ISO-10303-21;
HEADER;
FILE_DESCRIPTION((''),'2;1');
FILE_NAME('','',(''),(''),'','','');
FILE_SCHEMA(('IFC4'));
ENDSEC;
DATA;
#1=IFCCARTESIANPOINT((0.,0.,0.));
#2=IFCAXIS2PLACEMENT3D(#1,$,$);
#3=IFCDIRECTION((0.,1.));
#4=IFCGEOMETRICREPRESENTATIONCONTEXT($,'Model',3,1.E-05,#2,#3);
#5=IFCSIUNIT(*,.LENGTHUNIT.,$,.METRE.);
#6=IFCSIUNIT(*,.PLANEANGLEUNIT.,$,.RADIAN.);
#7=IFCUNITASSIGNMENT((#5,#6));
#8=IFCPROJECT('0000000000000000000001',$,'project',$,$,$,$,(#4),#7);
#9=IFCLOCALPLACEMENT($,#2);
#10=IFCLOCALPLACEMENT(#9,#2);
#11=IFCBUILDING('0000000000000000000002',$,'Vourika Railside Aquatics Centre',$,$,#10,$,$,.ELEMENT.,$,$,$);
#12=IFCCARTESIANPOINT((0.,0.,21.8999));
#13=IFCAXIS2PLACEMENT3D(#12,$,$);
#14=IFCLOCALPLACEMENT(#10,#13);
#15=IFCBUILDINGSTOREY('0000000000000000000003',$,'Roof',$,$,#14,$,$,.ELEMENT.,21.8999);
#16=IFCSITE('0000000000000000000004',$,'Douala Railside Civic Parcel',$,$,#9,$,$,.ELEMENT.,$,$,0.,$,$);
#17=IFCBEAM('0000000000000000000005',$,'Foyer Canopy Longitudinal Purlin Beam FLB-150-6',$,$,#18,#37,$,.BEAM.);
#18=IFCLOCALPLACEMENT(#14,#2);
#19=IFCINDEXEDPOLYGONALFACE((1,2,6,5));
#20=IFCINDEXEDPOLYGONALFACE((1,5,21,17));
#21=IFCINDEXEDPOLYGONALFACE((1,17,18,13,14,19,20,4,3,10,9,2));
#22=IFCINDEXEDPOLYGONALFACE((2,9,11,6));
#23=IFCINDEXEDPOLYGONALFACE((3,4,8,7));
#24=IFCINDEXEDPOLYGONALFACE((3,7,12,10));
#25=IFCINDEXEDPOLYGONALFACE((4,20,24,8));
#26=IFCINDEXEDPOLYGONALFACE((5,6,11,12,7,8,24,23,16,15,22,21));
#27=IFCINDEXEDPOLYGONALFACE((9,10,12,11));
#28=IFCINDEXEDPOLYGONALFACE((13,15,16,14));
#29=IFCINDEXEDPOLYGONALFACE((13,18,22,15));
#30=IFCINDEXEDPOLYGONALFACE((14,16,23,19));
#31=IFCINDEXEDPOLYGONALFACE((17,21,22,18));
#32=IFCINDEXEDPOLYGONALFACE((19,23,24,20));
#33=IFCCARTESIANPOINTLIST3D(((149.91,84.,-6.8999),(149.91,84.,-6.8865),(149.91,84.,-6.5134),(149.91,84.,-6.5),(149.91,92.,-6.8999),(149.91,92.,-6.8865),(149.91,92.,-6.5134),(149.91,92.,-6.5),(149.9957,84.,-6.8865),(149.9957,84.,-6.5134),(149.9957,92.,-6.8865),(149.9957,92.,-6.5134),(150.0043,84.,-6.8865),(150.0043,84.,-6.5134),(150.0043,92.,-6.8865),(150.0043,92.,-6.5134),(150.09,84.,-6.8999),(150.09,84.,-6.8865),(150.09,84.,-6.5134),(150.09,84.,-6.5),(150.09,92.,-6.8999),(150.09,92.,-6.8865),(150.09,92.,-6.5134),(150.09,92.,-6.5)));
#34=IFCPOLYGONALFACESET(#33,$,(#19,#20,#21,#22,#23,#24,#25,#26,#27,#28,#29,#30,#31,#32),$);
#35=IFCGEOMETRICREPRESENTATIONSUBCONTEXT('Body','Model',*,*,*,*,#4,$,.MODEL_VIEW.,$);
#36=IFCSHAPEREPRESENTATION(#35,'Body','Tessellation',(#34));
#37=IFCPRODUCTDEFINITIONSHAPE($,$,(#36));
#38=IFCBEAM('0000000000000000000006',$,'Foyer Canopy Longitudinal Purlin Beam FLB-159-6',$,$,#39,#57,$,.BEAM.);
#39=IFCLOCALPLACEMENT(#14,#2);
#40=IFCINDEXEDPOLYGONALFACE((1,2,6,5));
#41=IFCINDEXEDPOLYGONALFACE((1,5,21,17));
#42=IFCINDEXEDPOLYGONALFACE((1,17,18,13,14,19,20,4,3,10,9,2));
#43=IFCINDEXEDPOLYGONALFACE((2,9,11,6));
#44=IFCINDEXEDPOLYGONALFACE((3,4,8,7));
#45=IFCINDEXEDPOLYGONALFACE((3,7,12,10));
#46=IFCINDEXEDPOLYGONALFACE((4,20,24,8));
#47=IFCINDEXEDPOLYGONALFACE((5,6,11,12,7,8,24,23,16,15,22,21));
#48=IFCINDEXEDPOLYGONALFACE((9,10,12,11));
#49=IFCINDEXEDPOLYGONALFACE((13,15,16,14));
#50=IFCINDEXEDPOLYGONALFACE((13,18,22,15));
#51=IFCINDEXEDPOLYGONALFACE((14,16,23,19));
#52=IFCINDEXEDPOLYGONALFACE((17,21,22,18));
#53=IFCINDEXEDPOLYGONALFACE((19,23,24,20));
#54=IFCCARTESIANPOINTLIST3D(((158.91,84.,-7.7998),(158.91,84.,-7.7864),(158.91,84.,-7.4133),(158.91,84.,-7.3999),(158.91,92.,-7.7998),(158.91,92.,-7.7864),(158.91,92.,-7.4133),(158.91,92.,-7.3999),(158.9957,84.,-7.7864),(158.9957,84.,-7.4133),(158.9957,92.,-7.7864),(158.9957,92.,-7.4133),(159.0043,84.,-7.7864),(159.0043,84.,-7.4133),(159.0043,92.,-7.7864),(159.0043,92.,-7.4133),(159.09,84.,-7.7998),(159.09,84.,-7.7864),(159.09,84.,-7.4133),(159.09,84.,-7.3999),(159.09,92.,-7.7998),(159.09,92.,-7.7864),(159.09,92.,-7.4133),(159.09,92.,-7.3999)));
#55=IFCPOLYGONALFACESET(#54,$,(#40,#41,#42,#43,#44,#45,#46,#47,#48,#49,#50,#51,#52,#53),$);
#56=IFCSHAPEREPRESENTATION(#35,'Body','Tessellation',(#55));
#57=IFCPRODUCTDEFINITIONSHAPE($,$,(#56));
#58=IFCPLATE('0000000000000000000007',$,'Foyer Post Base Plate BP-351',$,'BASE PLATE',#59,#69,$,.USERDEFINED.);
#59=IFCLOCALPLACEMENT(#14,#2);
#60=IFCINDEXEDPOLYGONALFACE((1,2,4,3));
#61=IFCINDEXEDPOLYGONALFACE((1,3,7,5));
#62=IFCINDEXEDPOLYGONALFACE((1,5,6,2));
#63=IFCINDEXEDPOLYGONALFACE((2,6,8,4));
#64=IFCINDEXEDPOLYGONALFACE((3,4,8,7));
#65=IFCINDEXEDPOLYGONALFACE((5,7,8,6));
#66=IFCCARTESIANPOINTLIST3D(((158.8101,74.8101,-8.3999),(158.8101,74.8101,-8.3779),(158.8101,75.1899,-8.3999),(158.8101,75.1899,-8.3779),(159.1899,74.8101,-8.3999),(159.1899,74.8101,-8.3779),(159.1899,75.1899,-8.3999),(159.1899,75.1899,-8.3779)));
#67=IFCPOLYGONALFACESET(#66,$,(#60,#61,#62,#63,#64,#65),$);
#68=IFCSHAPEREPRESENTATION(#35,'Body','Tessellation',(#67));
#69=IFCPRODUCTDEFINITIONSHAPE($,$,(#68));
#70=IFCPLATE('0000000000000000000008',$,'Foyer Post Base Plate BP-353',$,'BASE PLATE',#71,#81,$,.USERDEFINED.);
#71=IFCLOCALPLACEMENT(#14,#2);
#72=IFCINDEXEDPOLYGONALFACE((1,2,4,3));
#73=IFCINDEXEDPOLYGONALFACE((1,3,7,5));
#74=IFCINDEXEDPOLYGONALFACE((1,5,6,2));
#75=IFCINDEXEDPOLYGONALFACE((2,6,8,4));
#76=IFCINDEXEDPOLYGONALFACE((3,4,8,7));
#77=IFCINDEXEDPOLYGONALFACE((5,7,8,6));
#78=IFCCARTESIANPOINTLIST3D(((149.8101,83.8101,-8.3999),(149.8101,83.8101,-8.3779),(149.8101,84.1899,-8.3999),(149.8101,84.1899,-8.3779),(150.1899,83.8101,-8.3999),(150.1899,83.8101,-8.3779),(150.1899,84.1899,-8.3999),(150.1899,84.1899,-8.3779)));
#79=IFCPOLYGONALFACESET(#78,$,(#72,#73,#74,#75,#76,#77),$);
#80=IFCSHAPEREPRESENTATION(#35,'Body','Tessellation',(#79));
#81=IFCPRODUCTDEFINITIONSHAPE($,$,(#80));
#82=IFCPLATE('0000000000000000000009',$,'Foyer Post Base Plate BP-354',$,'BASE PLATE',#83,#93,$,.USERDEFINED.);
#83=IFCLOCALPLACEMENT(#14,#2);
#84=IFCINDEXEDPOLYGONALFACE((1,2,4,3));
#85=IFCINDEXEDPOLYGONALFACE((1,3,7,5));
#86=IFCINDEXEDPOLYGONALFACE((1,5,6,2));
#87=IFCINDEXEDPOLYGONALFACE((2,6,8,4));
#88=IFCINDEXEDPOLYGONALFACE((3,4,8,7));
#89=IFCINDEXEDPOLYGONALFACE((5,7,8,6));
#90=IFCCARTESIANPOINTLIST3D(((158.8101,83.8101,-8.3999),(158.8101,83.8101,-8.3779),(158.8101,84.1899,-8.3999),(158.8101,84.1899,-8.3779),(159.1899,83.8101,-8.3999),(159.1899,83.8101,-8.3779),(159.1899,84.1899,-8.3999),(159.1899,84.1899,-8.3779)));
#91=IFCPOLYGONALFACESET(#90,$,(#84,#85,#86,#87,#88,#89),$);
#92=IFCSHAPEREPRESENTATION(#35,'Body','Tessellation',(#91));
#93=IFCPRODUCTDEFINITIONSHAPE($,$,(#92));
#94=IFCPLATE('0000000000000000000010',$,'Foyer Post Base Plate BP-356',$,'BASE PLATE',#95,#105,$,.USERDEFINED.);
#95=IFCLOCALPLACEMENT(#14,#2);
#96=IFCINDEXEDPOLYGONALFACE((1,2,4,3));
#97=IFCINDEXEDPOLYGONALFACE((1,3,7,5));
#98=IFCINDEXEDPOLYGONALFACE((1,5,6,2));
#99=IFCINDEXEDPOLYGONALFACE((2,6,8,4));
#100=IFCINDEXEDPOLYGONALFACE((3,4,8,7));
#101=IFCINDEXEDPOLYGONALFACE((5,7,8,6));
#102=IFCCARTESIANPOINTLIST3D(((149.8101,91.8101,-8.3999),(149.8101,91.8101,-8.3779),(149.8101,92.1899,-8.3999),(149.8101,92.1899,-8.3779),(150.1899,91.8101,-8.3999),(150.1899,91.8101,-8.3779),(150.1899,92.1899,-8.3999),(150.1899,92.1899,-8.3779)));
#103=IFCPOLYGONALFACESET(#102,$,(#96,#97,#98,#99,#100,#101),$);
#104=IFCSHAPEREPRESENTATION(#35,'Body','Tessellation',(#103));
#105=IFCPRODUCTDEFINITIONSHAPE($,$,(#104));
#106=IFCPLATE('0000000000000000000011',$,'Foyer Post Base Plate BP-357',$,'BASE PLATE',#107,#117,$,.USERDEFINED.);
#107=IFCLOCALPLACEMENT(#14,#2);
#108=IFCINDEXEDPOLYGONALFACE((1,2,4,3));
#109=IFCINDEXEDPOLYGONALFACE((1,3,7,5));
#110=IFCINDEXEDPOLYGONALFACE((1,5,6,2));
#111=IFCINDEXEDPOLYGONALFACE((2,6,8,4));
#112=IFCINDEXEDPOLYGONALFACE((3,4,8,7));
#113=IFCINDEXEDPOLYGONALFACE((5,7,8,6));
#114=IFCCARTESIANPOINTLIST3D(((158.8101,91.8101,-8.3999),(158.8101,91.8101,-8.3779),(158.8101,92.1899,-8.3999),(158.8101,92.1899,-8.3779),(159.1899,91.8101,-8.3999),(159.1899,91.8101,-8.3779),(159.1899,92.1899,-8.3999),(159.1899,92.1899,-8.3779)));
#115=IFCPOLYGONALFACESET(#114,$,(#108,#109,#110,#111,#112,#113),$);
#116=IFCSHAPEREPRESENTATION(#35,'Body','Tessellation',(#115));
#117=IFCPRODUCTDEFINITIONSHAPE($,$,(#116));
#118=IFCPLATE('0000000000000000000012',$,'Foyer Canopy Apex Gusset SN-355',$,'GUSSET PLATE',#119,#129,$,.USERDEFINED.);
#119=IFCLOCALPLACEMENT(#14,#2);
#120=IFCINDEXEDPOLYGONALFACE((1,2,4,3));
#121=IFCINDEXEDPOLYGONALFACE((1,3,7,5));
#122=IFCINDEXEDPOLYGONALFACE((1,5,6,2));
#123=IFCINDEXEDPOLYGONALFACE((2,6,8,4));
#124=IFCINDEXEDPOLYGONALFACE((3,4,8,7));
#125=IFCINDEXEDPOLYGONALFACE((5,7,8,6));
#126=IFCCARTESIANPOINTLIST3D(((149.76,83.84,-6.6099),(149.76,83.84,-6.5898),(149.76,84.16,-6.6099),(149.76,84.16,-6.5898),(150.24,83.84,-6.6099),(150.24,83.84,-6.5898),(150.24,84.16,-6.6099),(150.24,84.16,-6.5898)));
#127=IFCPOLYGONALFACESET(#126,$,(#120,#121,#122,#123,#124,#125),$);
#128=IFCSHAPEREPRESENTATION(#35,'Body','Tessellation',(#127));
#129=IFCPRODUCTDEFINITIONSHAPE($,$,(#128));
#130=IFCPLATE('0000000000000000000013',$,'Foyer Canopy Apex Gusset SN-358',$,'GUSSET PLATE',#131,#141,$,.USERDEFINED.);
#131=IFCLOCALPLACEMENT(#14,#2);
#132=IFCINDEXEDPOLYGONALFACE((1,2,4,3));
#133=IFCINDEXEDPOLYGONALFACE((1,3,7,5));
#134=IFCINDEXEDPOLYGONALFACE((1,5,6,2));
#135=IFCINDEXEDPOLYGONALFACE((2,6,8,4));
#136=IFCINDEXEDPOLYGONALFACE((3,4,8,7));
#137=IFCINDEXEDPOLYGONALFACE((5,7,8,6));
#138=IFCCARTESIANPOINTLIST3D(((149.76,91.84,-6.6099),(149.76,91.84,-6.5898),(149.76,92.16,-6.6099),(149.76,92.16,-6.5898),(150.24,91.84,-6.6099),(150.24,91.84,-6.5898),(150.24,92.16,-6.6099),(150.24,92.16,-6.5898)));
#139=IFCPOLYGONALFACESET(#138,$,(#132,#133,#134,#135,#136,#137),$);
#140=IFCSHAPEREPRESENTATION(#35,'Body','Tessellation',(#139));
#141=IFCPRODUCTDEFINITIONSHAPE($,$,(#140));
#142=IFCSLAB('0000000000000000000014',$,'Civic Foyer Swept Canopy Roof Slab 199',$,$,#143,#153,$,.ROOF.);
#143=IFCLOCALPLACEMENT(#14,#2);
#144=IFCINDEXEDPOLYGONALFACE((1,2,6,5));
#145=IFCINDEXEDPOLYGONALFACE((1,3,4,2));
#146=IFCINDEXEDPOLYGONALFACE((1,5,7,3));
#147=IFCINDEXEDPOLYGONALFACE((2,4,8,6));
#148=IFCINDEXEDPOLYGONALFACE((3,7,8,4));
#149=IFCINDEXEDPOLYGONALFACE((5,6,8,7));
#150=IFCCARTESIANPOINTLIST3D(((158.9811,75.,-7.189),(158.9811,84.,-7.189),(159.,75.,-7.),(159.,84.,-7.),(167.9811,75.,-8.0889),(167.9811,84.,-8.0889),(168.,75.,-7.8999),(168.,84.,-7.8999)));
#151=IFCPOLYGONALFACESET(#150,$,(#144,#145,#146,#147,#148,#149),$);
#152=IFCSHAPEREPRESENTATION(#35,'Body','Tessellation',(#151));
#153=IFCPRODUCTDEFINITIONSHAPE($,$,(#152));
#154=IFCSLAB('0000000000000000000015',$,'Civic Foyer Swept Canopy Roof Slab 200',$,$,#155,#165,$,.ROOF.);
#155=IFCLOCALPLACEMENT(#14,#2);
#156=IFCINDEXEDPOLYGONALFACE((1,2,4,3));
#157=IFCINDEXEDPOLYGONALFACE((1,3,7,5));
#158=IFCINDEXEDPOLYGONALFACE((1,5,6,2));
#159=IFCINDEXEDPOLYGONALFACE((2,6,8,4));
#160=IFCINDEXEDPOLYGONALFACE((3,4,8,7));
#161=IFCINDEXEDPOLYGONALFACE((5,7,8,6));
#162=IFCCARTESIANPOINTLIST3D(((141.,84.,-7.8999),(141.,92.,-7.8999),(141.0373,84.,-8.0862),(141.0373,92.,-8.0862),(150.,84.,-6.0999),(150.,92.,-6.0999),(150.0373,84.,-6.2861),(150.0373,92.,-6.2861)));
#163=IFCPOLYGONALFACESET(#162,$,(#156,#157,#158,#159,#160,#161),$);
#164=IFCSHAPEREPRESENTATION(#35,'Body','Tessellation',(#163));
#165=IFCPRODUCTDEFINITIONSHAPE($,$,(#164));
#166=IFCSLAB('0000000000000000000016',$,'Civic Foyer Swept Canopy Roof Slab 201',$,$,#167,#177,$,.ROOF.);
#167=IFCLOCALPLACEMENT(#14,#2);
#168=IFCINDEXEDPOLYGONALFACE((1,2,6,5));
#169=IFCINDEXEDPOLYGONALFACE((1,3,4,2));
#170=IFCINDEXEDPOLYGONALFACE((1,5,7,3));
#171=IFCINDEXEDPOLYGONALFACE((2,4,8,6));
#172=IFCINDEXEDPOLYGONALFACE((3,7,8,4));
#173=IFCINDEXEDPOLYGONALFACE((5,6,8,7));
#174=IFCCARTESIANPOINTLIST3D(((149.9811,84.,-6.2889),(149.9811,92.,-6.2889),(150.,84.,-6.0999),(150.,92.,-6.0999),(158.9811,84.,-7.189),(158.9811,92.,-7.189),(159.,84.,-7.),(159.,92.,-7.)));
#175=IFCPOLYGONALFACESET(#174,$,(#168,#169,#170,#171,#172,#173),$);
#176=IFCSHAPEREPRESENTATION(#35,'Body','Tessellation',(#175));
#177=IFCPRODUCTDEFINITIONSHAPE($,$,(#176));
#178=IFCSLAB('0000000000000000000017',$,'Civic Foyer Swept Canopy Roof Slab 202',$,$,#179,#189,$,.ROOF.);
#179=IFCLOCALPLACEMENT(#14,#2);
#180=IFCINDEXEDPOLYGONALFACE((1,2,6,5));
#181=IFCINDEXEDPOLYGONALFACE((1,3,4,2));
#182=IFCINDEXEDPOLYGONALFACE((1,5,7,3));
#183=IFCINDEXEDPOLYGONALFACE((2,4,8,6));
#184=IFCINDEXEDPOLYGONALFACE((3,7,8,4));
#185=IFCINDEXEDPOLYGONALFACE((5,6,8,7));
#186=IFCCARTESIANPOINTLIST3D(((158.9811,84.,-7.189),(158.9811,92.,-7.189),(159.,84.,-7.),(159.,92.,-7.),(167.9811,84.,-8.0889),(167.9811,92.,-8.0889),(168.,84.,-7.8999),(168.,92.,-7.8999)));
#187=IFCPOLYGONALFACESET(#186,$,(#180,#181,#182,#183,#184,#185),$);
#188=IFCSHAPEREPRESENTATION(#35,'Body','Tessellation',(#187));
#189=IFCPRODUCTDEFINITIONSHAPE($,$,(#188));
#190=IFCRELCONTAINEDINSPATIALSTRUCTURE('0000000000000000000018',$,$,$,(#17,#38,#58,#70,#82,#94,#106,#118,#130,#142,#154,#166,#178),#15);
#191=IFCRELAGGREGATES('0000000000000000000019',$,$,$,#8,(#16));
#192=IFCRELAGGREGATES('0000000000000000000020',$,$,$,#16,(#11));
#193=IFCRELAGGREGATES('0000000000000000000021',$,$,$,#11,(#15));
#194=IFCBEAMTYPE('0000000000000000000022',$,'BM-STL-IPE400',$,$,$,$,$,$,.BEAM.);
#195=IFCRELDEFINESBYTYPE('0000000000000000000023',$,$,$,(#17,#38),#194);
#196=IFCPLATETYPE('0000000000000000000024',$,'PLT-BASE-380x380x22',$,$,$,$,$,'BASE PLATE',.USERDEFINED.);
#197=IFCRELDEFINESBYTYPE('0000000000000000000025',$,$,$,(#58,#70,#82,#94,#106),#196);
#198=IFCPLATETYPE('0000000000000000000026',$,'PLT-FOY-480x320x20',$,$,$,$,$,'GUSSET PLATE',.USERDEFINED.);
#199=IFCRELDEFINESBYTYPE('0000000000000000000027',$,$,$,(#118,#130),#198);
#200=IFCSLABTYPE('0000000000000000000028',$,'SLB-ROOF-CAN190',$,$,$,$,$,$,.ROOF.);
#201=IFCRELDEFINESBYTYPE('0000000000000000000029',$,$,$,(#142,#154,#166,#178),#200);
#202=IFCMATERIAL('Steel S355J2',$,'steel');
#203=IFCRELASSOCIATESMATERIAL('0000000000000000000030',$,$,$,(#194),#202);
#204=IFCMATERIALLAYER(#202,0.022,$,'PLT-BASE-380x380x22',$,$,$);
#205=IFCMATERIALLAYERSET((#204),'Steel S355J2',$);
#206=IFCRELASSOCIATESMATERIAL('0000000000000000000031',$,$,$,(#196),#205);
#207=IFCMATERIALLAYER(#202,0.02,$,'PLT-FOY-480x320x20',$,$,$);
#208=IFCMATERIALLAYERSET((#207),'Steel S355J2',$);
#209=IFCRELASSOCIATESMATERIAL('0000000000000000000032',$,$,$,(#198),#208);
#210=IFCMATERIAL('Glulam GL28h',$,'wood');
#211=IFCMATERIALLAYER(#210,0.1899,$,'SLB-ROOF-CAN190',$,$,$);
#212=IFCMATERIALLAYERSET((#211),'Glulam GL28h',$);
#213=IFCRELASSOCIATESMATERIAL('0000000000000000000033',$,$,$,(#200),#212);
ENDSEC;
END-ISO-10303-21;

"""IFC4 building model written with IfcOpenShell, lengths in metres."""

from ifc_helpers import new_model, si_unit, direction, frame, origin, origin_2d, place, context, subcontext, project, spatial, polyline, rectangle, i_section, outline, extrude, material, layer, layer_set, material_profile, profile_set, type_object, element, save


model = new_model("IFC4")

# Units and contexts
model_context = context("Model", 3, precision=1e-05, world=origin(), true_north=direction((0.0, 1.0)))
body_context = subcontext(model_context, "Body", "Model", "MODEL_VIEW")
ifc_project = project(units=[si_unit("LENGTHUNIT", "METRE"), si_unit("PLANEANGLEUNIT", "RADIAN")], contexts=[model_context])

# Site, building, storey
site_placement = place(None, origin())
site = spatial("IfcSite", under=ifc_project, at=site_placement, Name="Douala Railside Civic Parcel", CompositionType="ELEMENT", RefElevation=0.0)
building_placement = place(site_placement, origin())
building = spatial("IfcBuilding", under=site, at=building_placement, Name="Vourika Railside Aquatics Centre", CompositionType="ELEMENT")
storey_placement = place(building_placement, frame((0.0, 0.0, 21.8999)))
storey = spatial("IfcBuildingStorey", under=building, at=storey_placement, Name="Roof", CompositionType="ELEMENT", Elevation=21.8999)

# Shared definitions
ifc_material_1 = material(Name="Steel S355J2", Category="steel")

# Beams
ifc_material_profile_1 = material_profile(ifc_material_1, i_section(OverallWidth=0.1799, OverallDepth=0.3999, WebThickness=0.0085, FlangeThickness=0.0134, at=origin_2d()), Name="IPE 400")
ifc_profile_set_1 = profile_set([ifc_material_profile_1], Name="Steel S355J2")
beam_type_1 = type_object("IfcBeamType", Name="BM-STL-IPE400", PredefinedType="BEAM", material=ifc_profile_set_1)
for number, where, z_axis, x_axis, name in (
    (1, (150.0, 84.0, -6.7), (0.0, 1.0, 0.0), (-1.0, 0.0, 0.0), "Foyer Canopy Longitudinal Purlin Beam FLB-150-6"),
    (2, (159.0, 84.0, -7.5999), (0.0, 1.0, 0.0), (-1.0, 0.0, 0.0), "Foyer Canopy Longitudinal Purlin Beam FLB-159-6"),
):
    element("IfcBeam", number, at=place(storey_placement, frame(where, z_axis=z_axis, x_axis=x_axis)), inside=storey, type_object=beam_type_1, Name=name, PredefinedType="BEAM", context=body_context, shape_type="SweptSolid", body=[
        extrude(i_section(OverallWidth=0.1799, OverallDepth=0.3999, WebThickness=0.0085, FlangeThickness=0.0134, at=origin_2d()), origin(), (0.0, 0.0, 1.0), 8.0),
    ])

# Plates
ifc_layer_1 = layer(ifc_material_1, 0.022, Name="PLT-BASE-380x380x22")
ifc_layer_set_1 = layer_set([ifc_layer_1], Name="Steel S355J2")
plate_type_1 = type_object("IfcPlateType", Name="PLT-BASE-380x380x22", ElementType="BASE PLATE", PredefinedType="USERDEFINED", material=ifc_layer_set_1)
for number, where, z_axis, x_axis, name in (
    (3, (159.0, 75.0, -8.3999), (0.0, 0.0, 1.0), (1.0, 0.0, 0.0), "Foyer Post Base Plate BP-351"),
    (4, (150.0, 84.0, -8.3999), (0.0, 0.0, 1.0), (1.0, 0.0, 0.0), "Foyer Post Base Plate BP-353"),
    (5, (159.0, 84.0, -8.3999), (0.0, 0.0, 1.0), (1.0, 0.0, 0.0), "Foyer Post Base Plate BP-354"),
    (6, (150.0, 92.0, -8.3999), (0.0, 0.0, 1.0), (1.0, 0.0, 0.0), "Foyer Post Base Plate BP-356"),
    (7, (159.0, 92.0, -8.3999), (0.0, 0.0, 1.0), (1.0, 0.0, 0.0), "Foyer Post Base Plate BP-357"),
):
    element("IfcPlate", number, at=place(storey_placement, frame(where, z_axis=z_axis, x_axis=x_axis)), inside=storey, type_object=plate_type_1, Name=name, ObjectType="BASE PLATE", PredefinedType="USERDEFINED", context=body_context, shape_type="SweptSolid", body=[
        extrude(rectangle(XDim=0.3799, YDim=0.3799, at=origin_2d()), origin(), (0.0, 0.0, 1.0), 0.022),
    ])
ifc_layer_2 = layer(ifc_material_1, 0.02, Name="PLT-FOY-480x320x20")
ifc_layer_set_2 = layer_set([ifc_layer_2], Name="Steel S355J2")
plate_type_2 = type_object("IfcPlateType", Name="PLT-FOY-480x320x20", ElementType="GUSSET PLATE", PredefinedType="USERDEFINED", material=ifc_layer_set_2)
for number, where, z_axis, x_axis, name in (
    (8, (150.0, 84.0, -6.6099), (0.0, 0.0, 1.0), (1.0, 0.0, 0.0), "Foyer Canopy Apex Gusset SN-355"),
    (9, (150.0, 92.0, -6.6099), (0.0, 0.0, 1.0), (1.0, 0.0, 0.0), "Foyer Canopy Apex Gusset SN-358"),
):
    element("IfcPlate", number, at=place(storey_placement, frame(where, z_axis=z_axis, x_axis=x_axis)), inside=storey, type_object=plate_type_2, Name=name, ObjectType="GUSSET PLATE", PredefinedType="USERDEFINED", context=body_context, shape_type="SweptSolid", body=[
        extrude(rectangle(XDim=0.48, YDim=0.3201, at=origin_2d()), origin(), (0.0, 0.0, 1.0), 0.02),
    ])

# Slabs
ifc_material_2 = material(Name="Glulam GL28h", Category="wood")
ifc_layer_3 = layer(ifc_material_2, 0.1899, Name="SLB-ROOF-CAN190")
ifc_layer_set_3 = layer_set([ifc_layer_3], Name="Glulam GL28h")
slab_type = type_object("IfcSlabType", Name="SLB-ROOF-CAN190", PredefinedType="ROOF", material=ifc_layer_set_3)
slab_1_placement = place(storey_placement, frame((159.0, 75.0, -7.0), z_axis=(0.099493, 0.0, 0.995038), x_axis=(0.995038, 0.0, -0.099493)))
element("IfcSlab", 10, at=slab_1_placement, inside=storey, type_object=slab_type, Name="Civic Foyer Swept Canopy Roof Slab 199", PredefinedType="ROOF", context=body_context, shape_type="SweptSolid", body=[
    extrude(outline(polyline([(0.0, 0.0), (9.0449, 0.0), (9.0449, 9.0), (0.0, 9.0), (0.0, 0.0)])), origin(), (0.0, 0.0, -1.0), 0.1899),
])
slab_2_placement = place(storey_placement, frame((141.0, 84.0, -7.8999), z_axis=(-0.196121, 0.0, 0.98058), x_axis=(0.98058, 0.0, 0.196121)))
element("IfcSlab", 11, at=slab_2_placement, inside=storey, type_object=slab_type, Name="Civic Foyer Swept Canopy Roof Slab 200", PredefinedType="ROOF", context=body_context, shape_type="SweptSolid", body=[
    extrude(outline(polyline([(0.0, 0.0), (9.1782, 0.0), (9.1782, 8.0), (0.0, 8.0), (0.0, 0.0)])), origin(), (0.0, 0.0, -1.0), 0.1899),
])
slab_3_placement = place(storey_placement, frame((150.0, 84.0, -6.0999), z_axis=(0.09952, 0.0, 0.995036), x_axis=(0.995036, 0.0, -0.09952)))
element("IfcSlab", 12, at=slab_3_placement, inside=storey, type_object=slab_type, Name="Civic Foyer Swept Canopy Roof Slab 201", PredefinedType="ROOF", context=body_context, shape_type="SweptSolid", body=[
    extrude(outline(polyline([(0.0, 0.0), (9.0449, 0.0), (9.0449, 8.0), (0.0, 8.0), (0.0, 0.0)])), origin(), (0.0, 0.0, -1.0), 0.1899),
])
slab_4_placement = place(storey_placement, frame((159.0, 84.0, -7.0), z_axis=(0.099493, 0.0, 0.995038), x_axis=(0.995038, 0.0, -0.099493)))
element("IfcSlab", 13, at=slab_4_placement, inside=storey, type_object=slab_type, Name="Civic Foyer Swept Canopy Roof Slab 202", PredefinedType="ROOF", context=body_context, shape_type="SweptSolid", body=[
    extrude(outline(polyline([(0.0, 0.0), (9.0449, 0.0), (9.0449, 8.0), (0.0, 8.0), (0.0, 0.0)])), origin(), (0.0, 0.0, -1.0), 0.1899),
])

save(model, "model.ifc")
